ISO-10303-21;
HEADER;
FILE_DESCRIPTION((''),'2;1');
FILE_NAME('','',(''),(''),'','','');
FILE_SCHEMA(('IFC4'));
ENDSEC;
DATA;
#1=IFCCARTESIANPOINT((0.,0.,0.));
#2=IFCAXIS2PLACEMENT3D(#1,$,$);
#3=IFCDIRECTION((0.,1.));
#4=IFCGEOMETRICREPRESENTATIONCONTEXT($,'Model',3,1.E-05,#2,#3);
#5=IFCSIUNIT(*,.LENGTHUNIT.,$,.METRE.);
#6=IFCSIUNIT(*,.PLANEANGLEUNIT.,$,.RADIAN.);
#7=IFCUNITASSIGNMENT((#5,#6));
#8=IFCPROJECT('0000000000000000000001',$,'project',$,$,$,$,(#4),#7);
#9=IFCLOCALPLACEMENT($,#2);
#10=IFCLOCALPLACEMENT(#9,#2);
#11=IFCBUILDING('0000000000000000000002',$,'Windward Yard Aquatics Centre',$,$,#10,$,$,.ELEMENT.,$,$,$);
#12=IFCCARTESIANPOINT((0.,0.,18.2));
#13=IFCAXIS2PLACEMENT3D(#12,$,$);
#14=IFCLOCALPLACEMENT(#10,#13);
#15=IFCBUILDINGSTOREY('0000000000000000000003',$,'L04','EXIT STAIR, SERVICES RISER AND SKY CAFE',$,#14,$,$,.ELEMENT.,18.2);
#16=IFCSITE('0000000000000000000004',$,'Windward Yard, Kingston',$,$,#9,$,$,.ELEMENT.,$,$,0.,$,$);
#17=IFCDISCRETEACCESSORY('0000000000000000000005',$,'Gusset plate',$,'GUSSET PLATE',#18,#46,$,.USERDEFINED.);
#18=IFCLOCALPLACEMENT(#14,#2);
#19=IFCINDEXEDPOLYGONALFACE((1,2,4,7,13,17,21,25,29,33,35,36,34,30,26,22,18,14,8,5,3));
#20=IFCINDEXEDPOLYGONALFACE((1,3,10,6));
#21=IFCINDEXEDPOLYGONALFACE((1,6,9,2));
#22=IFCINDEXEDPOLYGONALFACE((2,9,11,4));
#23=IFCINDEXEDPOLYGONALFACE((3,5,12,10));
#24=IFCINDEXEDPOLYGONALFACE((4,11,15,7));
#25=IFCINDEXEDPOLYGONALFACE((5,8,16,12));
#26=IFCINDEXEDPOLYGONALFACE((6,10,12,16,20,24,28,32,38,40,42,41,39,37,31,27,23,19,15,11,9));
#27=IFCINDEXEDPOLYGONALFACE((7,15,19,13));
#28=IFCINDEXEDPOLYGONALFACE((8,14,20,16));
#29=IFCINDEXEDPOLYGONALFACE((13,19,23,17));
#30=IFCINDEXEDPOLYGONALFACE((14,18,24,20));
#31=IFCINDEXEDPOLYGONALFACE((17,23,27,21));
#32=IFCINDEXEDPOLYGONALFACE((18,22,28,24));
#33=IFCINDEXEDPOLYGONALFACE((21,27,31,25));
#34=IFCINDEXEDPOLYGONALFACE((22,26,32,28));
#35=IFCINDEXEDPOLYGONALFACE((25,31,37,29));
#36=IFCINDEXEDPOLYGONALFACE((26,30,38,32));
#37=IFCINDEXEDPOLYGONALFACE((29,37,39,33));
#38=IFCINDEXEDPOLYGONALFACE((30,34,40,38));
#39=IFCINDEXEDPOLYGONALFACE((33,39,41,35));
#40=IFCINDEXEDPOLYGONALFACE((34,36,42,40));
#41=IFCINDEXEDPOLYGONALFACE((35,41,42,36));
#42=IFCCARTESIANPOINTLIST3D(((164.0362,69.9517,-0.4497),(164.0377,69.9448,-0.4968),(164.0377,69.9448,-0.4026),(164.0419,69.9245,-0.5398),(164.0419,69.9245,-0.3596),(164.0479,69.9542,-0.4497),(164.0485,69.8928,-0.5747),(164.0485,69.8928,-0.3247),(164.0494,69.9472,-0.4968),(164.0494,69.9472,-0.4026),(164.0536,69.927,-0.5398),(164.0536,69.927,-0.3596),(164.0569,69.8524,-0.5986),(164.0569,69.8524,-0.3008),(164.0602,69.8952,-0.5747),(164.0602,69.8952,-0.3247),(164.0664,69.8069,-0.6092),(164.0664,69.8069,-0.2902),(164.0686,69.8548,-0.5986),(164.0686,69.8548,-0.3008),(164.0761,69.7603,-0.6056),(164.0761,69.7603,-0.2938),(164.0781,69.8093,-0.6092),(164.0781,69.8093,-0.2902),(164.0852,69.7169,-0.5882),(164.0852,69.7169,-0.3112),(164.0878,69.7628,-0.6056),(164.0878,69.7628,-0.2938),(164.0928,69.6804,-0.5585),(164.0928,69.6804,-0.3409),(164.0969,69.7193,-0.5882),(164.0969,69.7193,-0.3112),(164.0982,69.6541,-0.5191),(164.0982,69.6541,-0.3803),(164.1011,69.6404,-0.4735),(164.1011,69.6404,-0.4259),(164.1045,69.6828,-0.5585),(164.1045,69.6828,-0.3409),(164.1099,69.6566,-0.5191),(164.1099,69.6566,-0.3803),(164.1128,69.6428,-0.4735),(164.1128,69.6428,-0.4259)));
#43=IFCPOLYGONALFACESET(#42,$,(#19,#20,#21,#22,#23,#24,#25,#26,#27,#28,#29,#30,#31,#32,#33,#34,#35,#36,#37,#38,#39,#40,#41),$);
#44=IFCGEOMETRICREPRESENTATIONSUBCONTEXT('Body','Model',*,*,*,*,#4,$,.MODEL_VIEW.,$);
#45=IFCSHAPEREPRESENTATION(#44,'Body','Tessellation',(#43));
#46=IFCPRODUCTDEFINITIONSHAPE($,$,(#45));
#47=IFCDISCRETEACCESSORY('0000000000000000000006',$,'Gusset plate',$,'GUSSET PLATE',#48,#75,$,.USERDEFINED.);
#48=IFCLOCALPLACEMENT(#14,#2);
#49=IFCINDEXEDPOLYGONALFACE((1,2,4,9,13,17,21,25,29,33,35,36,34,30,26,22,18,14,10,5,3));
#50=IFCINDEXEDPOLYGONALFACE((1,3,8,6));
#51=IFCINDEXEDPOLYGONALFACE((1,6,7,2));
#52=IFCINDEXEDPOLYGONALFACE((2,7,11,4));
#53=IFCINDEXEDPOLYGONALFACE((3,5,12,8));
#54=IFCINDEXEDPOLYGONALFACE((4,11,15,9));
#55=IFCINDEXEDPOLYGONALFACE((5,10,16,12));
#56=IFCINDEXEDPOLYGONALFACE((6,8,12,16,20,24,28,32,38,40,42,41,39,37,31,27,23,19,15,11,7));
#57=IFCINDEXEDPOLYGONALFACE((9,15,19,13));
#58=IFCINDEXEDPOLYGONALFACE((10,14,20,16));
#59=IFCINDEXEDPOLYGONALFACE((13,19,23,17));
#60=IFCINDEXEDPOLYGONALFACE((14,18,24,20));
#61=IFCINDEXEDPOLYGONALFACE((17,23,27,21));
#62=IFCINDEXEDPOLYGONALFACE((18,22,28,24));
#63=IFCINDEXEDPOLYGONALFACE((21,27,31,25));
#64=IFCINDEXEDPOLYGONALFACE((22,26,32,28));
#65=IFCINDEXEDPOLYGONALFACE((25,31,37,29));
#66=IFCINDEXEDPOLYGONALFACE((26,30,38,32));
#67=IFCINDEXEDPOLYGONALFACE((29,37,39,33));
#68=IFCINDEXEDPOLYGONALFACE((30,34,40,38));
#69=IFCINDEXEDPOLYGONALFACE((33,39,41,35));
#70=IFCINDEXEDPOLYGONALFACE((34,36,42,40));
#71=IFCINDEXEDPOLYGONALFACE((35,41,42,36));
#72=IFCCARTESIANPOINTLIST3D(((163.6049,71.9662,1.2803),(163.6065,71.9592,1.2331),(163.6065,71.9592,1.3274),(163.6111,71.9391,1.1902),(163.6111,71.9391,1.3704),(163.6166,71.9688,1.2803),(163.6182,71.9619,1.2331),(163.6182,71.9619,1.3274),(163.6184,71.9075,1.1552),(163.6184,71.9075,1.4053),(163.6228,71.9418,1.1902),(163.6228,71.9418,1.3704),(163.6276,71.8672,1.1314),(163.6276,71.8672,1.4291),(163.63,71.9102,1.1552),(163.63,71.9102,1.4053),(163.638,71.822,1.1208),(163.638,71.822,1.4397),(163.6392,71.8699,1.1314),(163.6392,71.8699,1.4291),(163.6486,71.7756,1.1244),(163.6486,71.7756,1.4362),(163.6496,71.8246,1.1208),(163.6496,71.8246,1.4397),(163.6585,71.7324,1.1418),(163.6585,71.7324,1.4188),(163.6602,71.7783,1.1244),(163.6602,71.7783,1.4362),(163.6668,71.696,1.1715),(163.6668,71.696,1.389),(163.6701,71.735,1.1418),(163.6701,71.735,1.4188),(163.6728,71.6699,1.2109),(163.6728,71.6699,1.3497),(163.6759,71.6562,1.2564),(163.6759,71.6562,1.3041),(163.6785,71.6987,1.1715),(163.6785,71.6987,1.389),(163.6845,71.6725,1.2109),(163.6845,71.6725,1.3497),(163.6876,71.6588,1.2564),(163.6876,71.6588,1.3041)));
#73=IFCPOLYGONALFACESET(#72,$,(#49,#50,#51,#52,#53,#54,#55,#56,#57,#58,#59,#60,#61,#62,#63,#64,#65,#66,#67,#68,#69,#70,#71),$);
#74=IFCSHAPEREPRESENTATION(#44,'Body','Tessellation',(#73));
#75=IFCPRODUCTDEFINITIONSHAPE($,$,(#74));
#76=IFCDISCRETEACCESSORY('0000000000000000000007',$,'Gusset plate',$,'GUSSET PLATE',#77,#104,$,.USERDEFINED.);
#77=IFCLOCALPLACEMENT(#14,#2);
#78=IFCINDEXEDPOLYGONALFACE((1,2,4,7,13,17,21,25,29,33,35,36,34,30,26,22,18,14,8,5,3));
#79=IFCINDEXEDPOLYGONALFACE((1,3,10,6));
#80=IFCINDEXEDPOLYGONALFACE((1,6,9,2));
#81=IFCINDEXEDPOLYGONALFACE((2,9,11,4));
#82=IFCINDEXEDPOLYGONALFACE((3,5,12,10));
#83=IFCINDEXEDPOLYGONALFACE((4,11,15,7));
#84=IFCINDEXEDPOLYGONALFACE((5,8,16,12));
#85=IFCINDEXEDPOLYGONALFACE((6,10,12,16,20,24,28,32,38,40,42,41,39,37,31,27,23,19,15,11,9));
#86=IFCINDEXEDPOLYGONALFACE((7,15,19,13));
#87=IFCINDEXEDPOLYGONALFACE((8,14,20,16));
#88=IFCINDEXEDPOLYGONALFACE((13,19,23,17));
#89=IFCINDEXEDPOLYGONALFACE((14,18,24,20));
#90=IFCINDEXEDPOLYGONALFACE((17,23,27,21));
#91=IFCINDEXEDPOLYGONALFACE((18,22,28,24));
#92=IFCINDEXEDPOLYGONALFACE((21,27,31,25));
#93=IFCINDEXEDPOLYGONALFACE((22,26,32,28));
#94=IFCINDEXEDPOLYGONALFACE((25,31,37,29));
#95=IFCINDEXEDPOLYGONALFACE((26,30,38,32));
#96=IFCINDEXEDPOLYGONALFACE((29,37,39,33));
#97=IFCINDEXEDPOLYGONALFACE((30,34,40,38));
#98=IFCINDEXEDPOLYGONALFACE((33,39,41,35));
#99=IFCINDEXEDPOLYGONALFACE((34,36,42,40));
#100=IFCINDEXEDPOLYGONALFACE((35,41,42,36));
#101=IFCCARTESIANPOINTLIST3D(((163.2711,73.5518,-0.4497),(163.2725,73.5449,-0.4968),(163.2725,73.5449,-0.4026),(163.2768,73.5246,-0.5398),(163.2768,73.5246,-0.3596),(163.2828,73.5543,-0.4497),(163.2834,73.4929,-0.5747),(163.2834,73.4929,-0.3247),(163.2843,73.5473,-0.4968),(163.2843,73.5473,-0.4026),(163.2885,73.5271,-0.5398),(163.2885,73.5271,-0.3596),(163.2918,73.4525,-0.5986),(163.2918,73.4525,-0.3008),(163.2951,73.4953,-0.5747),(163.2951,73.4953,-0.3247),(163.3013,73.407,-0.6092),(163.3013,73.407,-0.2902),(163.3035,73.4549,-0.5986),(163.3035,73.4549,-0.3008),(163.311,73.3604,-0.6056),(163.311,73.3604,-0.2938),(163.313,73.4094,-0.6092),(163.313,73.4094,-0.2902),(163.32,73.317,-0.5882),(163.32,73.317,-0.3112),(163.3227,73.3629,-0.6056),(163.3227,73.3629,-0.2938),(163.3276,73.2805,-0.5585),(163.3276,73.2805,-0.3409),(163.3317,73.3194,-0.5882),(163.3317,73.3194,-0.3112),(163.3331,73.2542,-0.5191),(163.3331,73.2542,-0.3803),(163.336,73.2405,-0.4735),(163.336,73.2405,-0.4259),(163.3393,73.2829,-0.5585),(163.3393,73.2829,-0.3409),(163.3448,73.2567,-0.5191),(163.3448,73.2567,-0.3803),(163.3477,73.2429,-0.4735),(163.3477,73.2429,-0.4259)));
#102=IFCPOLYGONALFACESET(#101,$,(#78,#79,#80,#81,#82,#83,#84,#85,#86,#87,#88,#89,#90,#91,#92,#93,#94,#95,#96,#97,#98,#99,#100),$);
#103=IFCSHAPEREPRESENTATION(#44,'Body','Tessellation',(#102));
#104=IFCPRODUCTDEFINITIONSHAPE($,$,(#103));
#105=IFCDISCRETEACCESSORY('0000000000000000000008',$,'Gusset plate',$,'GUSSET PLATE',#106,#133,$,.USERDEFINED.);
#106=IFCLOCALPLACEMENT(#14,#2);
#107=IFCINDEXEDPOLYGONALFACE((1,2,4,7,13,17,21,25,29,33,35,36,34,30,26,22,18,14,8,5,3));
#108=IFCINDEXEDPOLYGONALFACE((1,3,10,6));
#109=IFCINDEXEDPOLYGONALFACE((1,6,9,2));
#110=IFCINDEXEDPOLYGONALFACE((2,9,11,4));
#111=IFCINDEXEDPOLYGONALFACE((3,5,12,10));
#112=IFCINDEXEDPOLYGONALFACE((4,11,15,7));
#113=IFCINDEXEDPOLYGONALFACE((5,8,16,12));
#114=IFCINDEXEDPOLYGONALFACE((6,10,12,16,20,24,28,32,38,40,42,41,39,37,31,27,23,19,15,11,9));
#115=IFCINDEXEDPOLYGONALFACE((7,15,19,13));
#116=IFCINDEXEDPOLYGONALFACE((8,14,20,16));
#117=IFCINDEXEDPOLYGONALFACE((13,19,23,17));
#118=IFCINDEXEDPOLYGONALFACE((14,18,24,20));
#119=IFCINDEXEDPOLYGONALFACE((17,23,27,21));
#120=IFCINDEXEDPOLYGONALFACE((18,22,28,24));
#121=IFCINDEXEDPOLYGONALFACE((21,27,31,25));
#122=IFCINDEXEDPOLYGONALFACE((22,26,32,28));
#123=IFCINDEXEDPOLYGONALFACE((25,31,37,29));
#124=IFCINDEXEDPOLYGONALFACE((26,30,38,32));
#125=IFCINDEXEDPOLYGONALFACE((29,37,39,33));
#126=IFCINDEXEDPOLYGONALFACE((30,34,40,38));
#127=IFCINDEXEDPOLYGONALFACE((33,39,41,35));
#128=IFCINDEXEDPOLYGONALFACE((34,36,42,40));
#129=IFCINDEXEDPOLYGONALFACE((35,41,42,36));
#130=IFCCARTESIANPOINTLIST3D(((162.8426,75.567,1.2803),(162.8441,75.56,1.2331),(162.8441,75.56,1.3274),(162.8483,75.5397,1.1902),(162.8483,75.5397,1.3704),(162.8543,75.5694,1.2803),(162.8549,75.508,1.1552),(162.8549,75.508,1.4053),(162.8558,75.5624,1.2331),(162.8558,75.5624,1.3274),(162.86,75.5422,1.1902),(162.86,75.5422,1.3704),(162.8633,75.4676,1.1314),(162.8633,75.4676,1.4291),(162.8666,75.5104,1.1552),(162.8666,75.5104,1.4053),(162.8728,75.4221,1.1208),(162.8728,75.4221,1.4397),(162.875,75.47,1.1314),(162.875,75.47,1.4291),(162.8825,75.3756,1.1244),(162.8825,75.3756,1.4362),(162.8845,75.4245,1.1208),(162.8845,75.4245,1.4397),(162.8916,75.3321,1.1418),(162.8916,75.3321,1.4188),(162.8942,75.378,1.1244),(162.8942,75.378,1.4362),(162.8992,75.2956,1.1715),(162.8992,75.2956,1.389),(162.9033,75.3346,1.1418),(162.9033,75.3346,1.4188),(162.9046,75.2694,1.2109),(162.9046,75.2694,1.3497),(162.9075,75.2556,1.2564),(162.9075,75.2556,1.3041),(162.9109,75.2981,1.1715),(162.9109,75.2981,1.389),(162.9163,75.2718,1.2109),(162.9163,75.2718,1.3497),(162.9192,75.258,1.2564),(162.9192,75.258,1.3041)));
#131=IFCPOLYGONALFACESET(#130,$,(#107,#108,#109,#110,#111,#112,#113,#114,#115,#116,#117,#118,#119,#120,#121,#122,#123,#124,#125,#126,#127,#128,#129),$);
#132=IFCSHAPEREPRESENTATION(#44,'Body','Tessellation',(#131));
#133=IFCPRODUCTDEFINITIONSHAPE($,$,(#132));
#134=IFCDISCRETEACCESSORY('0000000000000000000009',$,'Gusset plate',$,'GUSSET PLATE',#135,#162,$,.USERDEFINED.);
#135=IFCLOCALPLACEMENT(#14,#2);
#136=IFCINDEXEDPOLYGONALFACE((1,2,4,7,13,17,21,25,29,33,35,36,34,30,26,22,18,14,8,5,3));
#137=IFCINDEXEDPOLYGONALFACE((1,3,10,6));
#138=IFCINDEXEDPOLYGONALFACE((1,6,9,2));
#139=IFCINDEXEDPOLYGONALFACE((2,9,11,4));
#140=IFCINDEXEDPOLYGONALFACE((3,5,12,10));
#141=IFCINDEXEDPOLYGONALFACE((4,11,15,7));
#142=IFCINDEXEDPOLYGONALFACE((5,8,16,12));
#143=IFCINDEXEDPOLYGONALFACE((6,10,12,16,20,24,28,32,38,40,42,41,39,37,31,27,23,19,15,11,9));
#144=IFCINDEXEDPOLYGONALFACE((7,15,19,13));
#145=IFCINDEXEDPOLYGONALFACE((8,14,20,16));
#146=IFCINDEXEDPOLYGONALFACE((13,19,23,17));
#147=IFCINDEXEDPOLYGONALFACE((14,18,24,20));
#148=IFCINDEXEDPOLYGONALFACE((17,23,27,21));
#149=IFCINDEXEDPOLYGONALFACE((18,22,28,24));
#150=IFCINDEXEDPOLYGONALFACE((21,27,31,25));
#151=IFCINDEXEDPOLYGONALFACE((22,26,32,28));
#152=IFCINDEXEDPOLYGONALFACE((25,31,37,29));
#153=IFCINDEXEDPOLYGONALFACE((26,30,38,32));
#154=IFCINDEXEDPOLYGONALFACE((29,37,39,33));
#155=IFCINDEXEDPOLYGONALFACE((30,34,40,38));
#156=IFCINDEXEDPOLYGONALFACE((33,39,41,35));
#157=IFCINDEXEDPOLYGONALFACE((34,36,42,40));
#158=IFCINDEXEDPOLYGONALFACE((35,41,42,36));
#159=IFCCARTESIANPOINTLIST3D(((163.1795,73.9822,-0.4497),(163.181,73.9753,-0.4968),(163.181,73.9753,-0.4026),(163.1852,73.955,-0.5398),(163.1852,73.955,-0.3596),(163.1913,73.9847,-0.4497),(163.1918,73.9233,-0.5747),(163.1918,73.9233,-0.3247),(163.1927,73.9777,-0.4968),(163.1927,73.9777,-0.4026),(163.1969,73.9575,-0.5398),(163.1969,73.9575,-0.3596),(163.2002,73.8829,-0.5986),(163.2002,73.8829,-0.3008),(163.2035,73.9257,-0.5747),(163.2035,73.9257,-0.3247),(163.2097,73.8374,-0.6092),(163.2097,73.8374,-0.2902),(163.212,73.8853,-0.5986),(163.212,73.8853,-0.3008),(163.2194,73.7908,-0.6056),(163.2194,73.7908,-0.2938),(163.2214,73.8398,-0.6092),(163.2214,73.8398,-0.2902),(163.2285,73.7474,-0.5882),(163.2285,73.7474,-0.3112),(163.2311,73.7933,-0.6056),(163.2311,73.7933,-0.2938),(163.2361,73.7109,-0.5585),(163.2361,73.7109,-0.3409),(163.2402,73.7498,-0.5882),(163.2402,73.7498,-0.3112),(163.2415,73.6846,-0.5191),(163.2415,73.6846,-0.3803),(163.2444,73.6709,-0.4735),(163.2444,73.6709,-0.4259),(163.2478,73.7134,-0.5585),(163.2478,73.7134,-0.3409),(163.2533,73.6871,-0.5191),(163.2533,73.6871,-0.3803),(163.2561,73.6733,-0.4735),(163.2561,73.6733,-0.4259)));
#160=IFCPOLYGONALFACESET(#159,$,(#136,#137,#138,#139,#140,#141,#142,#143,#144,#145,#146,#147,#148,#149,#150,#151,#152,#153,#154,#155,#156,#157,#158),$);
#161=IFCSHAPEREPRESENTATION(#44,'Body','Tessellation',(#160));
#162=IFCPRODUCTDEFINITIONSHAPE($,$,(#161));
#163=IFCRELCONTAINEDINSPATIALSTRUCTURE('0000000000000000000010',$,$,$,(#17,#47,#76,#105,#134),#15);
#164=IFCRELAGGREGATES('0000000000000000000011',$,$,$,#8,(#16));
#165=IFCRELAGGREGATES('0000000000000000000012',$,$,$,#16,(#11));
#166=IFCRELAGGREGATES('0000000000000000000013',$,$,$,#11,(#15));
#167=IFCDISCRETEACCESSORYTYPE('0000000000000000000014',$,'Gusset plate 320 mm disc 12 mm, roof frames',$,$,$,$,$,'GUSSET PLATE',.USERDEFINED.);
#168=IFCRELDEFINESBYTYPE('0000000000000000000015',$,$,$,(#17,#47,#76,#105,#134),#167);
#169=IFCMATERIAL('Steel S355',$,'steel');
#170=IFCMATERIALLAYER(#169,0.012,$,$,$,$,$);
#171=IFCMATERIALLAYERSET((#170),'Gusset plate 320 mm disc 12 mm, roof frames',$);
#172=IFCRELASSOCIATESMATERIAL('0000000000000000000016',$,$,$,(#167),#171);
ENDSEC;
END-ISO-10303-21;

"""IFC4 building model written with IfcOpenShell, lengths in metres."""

from ifc_helpers import new_model, si_unit, direction, frame, origin, origin_2d, place, context, subcontext, project, spatial, circle, extrude, material, layer, layer_set, type_object, element, save


model = new_model("IFC4")

# Units and contexts
model_context = context("Model", 3, precision=1e-05, world=origin(), true_north=direction((0.0, 1.0)))
body_context = subcontext(model_context, "Body", "Model", "MODEL_VIEW")
ifc_project = project(units=[si_unit("LENGTHUNIT", "METRE"), si_unit("PLANEANGLEUNIT", "RADIAN")], contexts=[model_context])

# Site, building, storey
site_placement = place(None, origin())
site = spatial("IfcSite", under=ifc_project, at=site_placement, Name="Windward Yard, Kingston", CompositionType="ELEMENT", RefElevation=0.0)
building_placement = place(site_placement, origin())
building = spatial("IfcBuilding", under=site, at=building_placement, Name="Windward Yard Aquatics Centre", CompositionType="ELEMENT")
storey_placement = place(building_placement, frame((0.0, 0.0, 18.2)))
storey = spatial("IfcBuildingStorey", under=building, at=storey_placement, Name="L04", Description="EXIT STAIR, SERVICES RISER AND SKY CAFE", CompositionType="ELEMENT", Elevation=18.2)

# Discrete accessories
ifc_material_1 = material(Name="Steel S355", Category="steel")
ifc_layer_1 = layer(ifc_material_1, 0.012)
ifc_layer_set_1 = layer_set([ifc_layer_1], Name="Gusset plate 320 mm disc 12 mm, roof frames")
discrete_accessory_type_1 = type_object("IfcDiscreteAccessoryType", Name="Gusset plate 320 mm disc 12 mm, roof frames", ElementType="GUSSET PLATE", PredefinedType="USERDEFINED", material=ifc_layer_set_1)
for number, where, z_axis, x_axis, name in (
    (1, (164.0688, 69.7952, -0.4497), (0.97898, 0.203954, 0.0), (-0.203954, 0.97898, 0.0), "Gusset plate"),
    (2, (163.6406, 71.8103, 1.2803), (0.974732, 0.223376, 0.0), (-0.223376, 0.974732, 0.0), "Gusset plate"),
    (3, (163.3037, 73.3953, -0.4497), (0.97898, 0.203954, 0.0), (-0.203954, 0.97898, 0.0), "Gusset plate"),
    (4, (162.8752, 75.4104, 1.2803), (0.97898, 0.203954, 0.0), (-0.203954, 0.97898, 0.0), "Gusset plate"),
    (5, (163.2122, 73.8257, -0.4497), (0.97898, 0.203954, 0.0), (-0.203954, 0.97898, 0.0), "Gusset plate"),
):
    element("IfcDiscreteAccessory", number, at=place(storey_placement, frame(where, z_axis=z_axis, x_axis=x_axis)), inside=storey, type_object=discrete_accessory_type_1, Name=name, ObjectType="GUSSET PLATE", PredefinedType="USERDEFINED", context=body_context, shape_type="SweptSolid", body=[
        extrude(circle(Radius=0.1599, at=origin_2d()), origin(), (0.0, 0.0, 1.0), 0.012),
    ])

save(model, "model.ifc")
